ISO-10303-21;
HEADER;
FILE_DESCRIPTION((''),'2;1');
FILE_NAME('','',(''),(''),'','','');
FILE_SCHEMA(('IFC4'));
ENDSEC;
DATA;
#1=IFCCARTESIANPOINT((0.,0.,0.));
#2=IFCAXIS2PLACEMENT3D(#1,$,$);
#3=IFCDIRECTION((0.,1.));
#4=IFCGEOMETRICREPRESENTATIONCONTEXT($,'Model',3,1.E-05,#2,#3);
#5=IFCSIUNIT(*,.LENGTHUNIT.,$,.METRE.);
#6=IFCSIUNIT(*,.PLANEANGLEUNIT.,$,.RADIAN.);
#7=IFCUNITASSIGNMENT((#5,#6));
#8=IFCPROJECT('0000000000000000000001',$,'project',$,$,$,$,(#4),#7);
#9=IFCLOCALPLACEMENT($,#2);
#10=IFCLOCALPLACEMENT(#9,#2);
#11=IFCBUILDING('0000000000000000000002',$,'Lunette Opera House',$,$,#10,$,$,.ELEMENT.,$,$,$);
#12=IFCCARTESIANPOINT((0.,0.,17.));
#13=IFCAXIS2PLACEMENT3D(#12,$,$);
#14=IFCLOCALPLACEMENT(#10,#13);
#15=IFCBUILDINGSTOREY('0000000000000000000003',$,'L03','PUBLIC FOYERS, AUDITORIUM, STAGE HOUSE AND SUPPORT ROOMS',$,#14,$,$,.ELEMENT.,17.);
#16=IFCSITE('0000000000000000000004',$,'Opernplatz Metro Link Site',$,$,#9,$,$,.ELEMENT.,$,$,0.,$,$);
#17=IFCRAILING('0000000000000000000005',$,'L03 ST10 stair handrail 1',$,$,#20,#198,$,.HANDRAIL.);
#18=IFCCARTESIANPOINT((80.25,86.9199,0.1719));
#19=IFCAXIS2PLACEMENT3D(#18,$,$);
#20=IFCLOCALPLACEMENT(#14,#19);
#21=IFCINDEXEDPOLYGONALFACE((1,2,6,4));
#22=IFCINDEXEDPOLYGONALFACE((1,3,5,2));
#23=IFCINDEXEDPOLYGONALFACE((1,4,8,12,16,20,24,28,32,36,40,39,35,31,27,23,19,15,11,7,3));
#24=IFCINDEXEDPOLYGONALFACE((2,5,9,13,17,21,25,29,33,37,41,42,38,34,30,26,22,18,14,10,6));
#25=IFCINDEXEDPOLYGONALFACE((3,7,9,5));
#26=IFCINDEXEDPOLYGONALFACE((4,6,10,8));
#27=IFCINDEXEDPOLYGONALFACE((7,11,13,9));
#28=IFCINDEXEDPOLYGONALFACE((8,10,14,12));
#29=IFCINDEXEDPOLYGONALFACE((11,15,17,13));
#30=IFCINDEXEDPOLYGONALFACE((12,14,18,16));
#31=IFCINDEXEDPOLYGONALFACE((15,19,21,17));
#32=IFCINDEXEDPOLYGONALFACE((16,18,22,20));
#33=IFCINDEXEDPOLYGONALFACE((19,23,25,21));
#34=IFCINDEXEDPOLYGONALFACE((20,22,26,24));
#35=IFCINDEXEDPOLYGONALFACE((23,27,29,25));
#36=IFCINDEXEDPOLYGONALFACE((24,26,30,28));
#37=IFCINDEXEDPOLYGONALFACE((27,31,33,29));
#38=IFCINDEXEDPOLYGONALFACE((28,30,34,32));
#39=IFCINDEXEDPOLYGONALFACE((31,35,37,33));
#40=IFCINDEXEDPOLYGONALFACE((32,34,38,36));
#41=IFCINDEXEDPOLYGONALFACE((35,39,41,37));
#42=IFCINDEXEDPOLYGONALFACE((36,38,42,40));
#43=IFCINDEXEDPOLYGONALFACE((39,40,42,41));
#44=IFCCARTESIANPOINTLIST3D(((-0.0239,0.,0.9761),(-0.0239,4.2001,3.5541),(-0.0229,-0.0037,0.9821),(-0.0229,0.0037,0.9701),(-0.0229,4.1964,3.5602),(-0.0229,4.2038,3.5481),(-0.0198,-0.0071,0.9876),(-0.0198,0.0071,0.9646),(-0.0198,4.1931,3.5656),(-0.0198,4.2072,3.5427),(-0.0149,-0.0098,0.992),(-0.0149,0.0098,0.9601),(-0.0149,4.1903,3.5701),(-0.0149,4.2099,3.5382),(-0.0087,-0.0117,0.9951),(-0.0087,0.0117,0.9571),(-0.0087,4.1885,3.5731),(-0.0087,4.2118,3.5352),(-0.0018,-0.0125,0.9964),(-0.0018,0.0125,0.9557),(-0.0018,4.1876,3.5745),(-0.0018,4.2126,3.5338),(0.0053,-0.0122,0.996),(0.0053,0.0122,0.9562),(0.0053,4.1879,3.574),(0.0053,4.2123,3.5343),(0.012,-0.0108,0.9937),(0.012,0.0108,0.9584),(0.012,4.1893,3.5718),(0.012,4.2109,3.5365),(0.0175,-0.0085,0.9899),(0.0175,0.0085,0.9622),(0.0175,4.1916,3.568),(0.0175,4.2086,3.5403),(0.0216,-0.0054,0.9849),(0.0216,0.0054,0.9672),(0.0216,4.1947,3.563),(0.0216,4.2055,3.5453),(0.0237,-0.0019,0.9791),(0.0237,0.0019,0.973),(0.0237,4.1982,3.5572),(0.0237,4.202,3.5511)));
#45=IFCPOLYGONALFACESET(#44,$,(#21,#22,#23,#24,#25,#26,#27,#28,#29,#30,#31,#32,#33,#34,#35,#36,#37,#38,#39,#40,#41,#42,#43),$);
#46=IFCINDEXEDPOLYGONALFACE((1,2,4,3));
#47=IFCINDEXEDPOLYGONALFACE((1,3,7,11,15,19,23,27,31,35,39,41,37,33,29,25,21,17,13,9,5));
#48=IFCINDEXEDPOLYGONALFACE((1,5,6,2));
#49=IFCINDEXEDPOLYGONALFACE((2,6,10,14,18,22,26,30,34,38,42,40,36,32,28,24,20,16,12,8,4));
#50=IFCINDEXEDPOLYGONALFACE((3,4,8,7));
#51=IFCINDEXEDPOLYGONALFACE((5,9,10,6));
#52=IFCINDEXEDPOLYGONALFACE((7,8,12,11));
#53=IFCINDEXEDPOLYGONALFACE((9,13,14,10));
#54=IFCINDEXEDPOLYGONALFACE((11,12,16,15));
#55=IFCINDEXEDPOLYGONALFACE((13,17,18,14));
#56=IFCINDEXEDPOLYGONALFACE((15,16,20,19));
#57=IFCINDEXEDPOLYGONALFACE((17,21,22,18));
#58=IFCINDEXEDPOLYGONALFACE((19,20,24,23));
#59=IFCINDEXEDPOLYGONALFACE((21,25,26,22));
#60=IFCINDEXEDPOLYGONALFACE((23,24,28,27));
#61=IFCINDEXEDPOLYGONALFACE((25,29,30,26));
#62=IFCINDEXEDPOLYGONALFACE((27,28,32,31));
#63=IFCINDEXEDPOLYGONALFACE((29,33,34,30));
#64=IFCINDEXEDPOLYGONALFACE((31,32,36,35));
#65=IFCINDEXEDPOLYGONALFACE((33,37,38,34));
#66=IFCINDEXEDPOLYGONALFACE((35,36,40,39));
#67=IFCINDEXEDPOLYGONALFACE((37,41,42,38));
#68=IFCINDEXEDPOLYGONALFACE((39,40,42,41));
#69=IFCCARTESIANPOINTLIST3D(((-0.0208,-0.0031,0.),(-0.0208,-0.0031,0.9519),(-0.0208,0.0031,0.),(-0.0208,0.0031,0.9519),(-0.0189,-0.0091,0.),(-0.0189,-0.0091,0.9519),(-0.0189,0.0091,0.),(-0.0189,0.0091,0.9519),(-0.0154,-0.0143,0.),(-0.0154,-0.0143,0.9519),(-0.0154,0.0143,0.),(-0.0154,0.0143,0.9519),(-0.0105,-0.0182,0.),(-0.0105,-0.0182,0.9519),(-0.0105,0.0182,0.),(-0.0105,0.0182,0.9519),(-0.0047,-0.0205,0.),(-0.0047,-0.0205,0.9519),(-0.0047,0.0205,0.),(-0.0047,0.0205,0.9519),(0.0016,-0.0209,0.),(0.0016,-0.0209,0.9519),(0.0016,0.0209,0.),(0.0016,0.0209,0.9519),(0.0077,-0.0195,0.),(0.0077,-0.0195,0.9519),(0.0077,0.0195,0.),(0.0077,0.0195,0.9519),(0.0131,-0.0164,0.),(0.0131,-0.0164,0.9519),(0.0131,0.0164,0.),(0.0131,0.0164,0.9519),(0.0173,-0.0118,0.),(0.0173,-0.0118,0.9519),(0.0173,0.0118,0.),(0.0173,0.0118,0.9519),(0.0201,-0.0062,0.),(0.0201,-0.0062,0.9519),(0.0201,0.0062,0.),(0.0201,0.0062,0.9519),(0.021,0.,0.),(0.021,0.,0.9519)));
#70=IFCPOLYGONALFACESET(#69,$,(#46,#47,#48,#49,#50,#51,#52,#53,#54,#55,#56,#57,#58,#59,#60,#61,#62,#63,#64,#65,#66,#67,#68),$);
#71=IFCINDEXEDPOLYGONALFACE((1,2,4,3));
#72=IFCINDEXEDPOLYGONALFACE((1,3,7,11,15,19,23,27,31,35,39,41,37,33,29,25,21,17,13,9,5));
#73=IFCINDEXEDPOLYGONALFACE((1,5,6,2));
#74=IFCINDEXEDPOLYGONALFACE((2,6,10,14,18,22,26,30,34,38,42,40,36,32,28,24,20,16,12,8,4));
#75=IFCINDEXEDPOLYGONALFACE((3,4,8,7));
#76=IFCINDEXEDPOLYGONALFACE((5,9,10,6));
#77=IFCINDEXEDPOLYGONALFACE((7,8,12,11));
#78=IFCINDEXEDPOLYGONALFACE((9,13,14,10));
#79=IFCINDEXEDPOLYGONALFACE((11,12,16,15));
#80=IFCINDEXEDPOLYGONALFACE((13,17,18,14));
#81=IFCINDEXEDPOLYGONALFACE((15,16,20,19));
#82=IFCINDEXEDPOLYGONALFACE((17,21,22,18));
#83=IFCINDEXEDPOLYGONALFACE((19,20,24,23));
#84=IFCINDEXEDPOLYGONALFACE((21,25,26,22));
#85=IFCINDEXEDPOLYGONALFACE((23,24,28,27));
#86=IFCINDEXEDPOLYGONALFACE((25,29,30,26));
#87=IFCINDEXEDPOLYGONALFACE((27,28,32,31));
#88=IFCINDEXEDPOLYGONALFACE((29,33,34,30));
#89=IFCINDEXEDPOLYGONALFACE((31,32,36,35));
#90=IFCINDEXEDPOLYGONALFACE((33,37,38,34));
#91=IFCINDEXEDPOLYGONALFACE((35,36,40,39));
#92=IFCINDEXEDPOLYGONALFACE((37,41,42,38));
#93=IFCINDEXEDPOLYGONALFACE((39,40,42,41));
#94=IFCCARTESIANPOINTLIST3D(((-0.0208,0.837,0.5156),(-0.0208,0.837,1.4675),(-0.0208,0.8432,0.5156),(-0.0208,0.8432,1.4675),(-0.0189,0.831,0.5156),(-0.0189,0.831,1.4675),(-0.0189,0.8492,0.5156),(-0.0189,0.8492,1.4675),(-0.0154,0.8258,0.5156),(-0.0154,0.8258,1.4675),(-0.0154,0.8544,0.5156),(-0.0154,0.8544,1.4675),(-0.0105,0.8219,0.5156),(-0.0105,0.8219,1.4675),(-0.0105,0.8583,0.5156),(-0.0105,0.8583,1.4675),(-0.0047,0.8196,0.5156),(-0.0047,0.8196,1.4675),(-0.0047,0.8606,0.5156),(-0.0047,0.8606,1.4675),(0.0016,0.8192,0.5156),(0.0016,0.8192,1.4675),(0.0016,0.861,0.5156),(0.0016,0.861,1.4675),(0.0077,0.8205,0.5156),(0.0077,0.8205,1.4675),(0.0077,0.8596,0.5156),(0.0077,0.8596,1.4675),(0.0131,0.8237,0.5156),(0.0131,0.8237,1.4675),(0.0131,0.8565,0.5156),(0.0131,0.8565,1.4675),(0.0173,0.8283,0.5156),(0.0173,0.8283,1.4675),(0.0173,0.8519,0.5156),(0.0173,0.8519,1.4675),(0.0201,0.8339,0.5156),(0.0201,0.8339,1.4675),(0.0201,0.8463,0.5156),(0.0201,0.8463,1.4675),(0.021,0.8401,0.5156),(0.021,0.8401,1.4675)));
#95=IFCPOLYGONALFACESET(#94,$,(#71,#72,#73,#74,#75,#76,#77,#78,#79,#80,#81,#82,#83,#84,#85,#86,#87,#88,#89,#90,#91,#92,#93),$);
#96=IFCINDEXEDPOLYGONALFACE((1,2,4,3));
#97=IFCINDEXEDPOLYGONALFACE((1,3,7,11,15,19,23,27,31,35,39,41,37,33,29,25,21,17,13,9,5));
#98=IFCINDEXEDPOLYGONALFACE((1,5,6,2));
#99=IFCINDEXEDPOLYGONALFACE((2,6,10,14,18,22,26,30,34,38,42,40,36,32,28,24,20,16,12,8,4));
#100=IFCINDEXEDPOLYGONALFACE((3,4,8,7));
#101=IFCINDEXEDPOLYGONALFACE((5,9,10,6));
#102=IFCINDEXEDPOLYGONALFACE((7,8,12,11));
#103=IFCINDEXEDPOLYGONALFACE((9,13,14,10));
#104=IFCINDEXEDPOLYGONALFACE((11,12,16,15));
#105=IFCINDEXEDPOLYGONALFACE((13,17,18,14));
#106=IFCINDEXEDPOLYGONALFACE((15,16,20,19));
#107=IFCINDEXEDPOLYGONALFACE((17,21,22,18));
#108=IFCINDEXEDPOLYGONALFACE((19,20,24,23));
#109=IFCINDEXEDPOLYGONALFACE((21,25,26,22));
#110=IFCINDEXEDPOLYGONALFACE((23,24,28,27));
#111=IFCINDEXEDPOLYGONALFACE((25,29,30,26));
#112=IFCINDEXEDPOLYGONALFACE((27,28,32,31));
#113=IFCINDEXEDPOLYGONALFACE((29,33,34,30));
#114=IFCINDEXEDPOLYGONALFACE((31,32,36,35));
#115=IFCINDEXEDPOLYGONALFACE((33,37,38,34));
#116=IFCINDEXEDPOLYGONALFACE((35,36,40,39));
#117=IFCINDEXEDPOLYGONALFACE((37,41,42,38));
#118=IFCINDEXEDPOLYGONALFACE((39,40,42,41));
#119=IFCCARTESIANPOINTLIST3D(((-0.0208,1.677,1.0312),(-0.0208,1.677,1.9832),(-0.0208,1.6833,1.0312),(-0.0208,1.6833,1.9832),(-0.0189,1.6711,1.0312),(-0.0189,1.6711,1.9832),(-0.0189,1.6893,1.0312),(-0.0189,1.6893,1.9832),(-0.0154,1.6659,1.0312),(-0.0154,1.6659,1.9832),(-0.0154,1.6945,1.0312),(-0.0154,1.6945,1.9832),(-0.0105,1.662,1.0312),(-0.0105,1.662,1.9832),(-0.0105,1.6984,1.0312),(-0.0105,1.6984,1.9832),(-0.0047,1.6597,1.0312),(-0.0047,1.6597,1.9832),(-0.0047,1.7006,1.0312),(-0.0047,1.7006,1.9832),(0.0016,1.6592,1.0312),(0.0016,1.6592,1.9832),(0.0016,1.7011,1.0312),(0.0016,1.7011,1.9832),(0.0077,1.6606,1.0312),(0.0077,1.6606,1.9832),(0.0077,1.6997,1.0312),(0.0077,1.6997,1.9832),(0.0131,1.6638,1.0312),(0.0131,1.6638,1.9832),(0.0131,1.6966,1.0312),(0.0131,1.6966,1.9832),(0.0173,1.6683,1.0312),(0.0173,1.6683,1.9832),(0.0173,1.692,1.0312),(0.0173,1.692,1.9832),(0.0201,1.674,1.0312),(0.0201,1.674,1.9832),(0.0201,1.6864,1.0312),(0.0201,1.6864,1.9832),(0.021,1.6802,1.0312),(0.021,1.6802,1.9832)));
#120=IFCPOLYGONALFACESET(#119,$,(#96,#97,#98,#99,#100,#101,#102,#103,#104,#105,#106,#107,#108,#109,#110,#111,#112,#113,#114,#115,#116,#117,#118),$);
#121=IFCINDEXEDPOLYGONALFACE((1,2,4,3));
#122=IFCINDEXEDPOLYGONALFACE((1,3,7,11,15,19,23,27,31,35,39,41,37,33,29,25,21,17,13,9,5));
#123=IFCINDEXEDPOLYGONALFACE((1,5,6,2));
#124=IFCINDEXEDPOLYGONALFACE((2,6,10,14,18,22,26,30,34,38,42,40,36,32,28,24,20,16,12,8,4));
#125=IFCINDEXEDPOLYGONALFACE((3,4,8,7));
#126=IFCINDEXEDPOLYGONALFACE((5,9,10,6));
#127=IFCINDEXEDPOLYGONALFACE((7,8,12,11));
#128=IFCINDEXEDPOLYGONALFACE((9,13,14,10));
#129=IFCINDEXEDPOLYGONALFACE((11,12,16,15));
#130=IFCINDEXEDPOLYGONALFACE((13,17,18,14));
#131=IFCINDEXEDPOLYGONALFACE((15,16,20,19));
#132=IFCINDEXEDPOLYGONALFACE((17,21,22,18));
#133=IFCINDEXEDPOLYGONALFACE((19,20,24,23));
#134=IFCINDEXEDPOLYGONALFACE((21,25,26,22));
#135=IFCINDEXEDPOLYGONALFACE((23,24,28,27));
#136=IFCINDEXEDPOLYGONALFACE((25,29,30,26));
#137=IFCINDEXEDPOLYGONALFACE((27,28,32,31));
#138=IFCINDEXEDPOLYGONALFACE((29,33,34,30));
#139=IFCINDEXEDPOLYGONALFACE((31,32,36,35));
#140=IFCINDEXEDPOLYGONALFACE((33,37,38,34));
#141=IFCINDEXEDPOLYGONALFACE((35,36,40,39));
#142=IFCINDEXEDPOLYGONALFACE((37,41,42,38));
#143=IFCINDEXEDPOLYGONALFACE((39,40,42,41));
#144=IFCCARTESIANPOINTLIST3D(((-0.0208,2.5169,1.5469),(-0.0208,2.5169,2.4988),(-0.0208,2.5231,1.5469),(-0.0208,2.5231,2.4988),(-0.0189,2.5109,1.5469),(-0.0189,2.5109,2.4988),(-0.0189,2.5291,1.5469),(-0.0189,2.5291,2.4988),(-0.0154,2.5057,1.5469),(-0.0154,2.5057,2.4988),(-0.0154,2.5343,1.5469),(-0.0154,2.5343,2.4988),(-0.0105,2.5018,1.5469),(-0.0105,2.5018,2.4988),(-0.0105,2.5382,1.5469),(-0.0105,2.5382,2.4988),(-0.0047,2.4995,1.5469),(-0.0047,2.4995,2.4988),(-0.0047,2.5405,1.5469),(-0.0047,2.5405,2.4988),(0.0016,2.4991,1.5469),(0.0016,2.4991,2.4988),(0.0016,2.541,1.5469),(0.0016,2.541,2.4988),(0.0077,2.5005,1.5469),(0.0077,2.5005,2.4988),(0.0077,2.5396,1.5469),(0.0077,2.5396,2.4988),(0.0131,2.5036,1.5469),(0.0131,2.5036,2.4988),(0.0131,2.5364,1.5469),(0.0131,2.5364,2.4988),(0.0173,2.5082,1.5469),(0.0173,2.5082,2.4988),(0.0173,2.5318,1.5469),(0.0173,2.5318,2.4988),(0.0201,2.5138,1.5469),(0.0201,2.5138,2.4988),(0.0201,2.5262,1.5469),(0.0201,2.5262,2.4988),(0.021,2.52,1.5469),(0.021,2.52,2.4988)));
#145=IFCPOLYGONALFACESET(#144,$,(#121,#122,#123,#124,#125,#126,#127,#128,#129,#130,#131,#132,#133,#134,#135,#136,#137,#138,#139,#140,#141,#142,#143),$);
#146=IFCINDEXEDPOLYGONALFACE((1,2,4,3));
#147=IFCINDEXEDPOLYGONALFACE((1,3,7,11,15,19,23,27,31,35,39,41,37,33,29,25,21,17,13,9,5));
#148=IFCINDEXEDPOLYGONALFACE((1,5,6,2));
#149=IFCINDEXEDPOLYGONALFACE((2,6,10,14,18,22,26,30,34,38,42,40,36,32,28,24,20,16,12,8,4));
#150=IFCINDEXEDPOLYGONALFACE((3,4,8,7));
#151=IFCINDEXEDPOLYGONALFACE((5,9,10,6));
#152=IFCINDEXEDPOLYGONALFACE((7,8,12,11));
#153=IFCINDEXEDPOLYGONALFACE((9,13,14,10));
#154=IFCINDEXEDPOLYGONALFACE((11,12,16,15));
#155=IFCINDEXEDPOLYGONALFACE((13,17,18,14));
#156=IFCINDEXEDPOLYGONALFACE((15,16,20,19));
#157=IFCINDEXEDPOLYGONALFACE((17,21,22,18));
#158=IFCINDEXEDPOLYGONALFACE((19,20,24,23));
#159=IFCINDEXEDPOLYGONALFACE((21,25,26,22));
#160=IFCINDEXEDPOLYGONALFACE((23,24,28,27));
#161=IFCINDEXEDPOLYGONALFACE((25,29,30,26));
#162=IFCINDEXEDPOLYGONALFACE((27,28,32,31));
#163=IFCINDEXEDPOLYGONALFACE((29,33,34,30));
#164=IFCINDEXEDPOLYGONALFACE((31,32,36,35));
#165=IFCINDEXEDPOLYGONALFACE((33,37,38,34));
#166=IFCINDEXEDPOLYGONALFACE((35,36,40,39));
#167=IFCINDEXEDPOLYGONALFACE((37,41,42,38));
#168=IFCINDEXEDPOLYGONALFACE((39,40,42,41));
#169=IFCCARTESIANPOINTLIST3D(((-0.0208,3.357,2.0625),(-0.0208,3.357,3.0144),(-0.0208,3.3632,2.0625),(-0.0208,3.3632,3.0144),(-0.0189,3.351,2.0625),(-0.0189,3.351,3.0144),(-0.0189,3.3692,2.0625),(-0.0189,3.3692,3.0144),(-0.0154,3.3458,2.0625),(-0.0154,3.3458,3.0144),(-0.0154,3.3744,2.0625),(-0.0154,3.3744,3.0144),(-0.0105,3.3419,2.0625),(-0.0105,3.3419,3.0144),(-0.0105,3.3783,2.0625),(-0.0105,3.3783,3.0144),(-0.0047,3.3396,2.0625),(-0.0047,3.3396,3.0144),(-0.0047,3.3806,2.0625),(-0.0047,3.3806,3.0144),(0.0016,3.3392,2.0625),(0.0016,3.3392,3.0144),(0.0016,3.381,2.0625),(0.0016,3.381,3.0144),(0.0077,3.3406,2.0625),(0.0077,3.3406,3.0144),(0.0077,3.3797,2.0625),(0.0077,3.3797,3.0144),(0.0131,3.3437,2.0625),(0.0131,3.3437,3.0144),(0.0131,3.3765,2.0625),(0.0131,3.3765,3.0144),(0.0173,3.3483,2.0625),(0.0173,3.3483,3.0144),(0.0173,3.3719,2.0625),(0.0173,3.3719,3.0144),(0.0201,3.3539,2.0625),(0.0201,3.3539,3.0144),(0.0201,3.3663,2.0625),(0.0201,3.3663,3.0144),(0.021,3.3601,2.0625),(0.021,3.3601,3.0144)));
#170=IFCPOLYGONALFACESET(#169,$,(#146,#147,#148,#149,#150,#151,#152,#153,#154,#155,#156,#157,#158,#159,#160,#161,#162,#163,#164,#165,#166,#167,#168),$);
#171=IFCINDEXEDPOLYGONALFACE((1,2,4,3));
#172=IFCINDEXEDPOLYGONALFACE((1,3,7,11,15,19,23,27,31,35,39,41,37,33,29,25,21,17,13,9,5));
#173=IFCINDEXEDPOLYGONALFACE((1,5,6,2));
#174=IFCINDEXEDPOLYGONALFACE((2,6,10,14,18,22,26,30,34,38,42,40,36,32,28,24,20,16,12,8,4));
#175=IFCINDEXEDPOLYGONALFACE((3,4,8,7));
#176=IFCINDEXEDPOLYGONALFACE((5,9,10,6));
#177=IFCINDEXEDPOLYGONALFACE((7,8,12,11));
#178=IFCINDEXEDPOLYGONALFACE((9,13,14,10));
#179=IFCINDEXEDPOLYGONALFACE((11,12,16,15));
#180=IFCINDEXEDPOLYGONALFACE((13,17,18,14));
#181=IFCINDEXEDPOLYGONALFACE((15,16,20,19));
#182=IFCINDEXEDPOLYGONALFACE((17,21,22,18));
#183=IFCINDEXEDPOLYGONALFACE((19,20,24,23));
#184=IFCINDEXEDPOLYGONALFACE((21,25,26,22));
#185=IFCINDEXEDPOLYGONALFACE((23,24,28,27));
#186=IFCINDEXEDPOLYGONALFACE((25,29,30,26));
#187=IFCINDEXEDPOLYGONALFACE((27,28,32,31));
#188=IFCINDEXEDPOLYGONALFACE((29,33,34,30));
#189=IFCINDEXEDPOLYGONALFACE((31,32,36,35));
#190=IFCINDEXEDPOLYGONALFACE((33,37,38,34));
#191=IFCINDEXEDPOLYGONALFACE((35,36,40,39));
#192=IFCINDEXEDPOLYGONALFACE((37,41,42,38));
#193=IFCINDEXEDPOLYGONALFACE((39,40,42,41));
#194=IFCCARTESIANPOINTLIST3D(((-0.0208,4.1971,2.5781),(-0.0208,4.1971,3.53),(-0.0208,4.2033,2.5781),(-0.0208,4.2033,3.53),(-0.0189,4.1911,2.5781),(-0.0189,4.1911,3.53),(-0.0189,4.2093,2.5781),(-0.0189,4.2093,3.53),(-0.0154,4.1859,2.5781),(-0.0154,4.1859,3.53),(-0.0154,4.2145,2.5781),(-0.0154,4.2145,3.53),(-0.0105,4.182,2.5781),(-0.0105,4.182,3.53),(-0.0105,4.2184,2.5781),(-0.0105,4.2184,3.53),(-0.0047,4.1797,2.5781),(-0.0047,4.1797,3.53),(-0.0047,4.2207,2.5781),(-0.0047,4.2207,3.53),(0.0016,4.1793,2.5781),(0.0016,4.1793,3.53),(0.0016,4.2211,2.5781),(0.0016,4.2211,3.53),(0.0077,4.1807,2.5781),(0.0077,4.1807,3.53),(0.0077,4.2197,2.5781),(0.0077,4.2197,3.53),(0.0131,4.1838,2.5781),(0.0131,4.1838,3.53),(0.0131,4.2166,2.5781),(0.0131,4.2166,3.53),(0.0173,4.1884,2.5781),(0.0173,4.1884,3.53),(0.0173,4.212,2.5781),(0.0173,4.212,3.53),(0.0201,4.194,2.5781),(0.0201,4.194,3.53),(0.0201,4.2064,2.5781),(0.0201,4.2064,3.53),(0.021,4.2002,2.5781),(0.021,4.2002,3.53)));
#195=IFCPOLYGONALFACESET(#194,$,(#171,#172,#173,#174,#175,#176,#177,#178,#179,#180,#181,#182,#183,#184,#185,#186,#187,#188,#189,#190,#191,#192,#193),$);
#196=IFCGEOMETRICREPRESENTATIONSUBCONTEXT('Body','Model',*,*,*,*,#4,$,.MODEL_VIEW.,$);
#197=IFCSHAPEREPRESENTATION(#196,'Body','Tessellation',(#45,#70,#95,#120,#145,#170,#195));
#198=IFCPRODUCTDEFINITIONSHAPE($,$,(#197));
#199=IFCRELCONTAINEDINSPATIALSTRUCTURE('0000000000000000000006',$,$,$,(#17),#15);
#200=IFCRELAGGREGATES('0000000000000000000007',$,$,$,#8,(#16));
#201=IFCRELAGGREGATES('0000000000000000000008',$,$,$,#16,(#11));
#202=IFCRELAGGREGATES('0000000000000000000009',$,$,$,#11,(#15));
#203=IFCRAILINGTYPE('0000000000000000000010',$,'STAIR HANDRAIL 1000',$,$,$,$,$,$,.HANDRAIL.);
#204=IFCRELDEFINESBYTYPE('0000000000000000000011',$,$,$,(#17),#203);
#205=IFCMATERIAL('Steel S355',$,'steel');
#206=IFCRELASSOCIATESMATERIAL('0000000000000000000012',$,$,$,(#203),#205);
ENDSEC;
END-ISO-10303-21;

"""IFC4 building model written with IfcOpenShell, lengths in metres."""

from ifc_helpers import new_model, si_unit, direction, frame, origin, origin_2d, place, context, subcontext, project, spatial, circle, extrude, material, type_object, element, save


model = new_model("IFC4")

# Units and contexts
model_context = context("Model", 3, precision=1e-05, world=origin(), true_north=direction((0.0, 1.0)))
body_context = subcontext(model_context, "Body", "Model", "MODEL_VIEW")
ifc_project = project(units=[si_unit("LENGTHUNIT", "METRE"), si_unit("PLANEANGLEUNIT", "RADIAN")], contexts=[model_context])

# Site, building, storey
site_placement = place(None, origin())
site = spatial("IfcSite", under=ifc_project, at=site_placement, Name="Opernplatz Metro Link Site", CompositionType="ELEMENT", RefElevation=0.0)
building_placement = place(site_placement, origin())
building = spatial("IfcBuilding", under=site, at=building_placement, Name="Lunette Opera House", CompositionType="ELEMENT")
storey_placement = place(building_placement, frame((0.0, 0.0, 17.0)))
storey = spatial("IfcBuildingStorey", under=building, at=storey_placement, Name="L03", Description="PUBLIC FOYERS, AUDITORIUM, STAGE HOUSE AND SUPPORT ROOMS", CompositionType="ELEMENT", Elevation=17.0)

# Railing
ifc_material_1 = material(Name="Steel S355", Category="steel")
railing_type_1 = type_object("IfcRailingType", Name="STAIR HANDRAIL 1000", PredefinedType="HANDRAIL", material=ifc_material_1)
railing_1_placement = place(storey_placement, frame((80.25, 86.9199, 0.1719)))
element("IfcRailing", 1, at=railing_1_placement, inside=storey, type_object=railing_type_1, Name="L03 ST10 stair handrail 1", PredefinedType="HANDRAIL", context=body_context, shape_type="SweptSolid", body=[
    extrude(circle(Radius=0.0239, at=origin_2d()), frame((0.0, 0.0, 0.9761), z_axis=(0.0, 0.852256, 0.523124), x_axis=(-1.0, 0.0, 0.0)), (0.0, 0.0, 1.0), 4.9282),
    extrude(circle(Radius=0.021, at=origin_2d()), origin(), (0.0, 0.0, 1.0), 0.9519),
    extrude(circle(Radius=0.021, at=origin_2d()), frame((0.0, 0.8401, 0.5156)), (0.0, 0.0, 1.0), 0.9519),
    extrude(circle(Radius=0.021, at=origin_2d()), frame((0.0, 1.6802, 1.0312)), (0.0, 0.0, 1.0), 0.9519),
    extrude(circle(Radius=0.021, at=origin_2d()), frame((0.0, 2.52, 1.5469)), (0.0, 0.0, 1.0), 0.9519),
    extrude(circle(Radius=0.021, at=origin_2d()), frame((0.0, 3.3601, 2.0625)), (0.0, 0.0, 1.0), 0.9519),
    extrude(circle(Radius=0.021, at=origin_2d()), frame((0.0, 4.2002, 2.5781)), (0.0, 0.0, 1.0), 0.9519),
])

save(model, "model.ifc")
